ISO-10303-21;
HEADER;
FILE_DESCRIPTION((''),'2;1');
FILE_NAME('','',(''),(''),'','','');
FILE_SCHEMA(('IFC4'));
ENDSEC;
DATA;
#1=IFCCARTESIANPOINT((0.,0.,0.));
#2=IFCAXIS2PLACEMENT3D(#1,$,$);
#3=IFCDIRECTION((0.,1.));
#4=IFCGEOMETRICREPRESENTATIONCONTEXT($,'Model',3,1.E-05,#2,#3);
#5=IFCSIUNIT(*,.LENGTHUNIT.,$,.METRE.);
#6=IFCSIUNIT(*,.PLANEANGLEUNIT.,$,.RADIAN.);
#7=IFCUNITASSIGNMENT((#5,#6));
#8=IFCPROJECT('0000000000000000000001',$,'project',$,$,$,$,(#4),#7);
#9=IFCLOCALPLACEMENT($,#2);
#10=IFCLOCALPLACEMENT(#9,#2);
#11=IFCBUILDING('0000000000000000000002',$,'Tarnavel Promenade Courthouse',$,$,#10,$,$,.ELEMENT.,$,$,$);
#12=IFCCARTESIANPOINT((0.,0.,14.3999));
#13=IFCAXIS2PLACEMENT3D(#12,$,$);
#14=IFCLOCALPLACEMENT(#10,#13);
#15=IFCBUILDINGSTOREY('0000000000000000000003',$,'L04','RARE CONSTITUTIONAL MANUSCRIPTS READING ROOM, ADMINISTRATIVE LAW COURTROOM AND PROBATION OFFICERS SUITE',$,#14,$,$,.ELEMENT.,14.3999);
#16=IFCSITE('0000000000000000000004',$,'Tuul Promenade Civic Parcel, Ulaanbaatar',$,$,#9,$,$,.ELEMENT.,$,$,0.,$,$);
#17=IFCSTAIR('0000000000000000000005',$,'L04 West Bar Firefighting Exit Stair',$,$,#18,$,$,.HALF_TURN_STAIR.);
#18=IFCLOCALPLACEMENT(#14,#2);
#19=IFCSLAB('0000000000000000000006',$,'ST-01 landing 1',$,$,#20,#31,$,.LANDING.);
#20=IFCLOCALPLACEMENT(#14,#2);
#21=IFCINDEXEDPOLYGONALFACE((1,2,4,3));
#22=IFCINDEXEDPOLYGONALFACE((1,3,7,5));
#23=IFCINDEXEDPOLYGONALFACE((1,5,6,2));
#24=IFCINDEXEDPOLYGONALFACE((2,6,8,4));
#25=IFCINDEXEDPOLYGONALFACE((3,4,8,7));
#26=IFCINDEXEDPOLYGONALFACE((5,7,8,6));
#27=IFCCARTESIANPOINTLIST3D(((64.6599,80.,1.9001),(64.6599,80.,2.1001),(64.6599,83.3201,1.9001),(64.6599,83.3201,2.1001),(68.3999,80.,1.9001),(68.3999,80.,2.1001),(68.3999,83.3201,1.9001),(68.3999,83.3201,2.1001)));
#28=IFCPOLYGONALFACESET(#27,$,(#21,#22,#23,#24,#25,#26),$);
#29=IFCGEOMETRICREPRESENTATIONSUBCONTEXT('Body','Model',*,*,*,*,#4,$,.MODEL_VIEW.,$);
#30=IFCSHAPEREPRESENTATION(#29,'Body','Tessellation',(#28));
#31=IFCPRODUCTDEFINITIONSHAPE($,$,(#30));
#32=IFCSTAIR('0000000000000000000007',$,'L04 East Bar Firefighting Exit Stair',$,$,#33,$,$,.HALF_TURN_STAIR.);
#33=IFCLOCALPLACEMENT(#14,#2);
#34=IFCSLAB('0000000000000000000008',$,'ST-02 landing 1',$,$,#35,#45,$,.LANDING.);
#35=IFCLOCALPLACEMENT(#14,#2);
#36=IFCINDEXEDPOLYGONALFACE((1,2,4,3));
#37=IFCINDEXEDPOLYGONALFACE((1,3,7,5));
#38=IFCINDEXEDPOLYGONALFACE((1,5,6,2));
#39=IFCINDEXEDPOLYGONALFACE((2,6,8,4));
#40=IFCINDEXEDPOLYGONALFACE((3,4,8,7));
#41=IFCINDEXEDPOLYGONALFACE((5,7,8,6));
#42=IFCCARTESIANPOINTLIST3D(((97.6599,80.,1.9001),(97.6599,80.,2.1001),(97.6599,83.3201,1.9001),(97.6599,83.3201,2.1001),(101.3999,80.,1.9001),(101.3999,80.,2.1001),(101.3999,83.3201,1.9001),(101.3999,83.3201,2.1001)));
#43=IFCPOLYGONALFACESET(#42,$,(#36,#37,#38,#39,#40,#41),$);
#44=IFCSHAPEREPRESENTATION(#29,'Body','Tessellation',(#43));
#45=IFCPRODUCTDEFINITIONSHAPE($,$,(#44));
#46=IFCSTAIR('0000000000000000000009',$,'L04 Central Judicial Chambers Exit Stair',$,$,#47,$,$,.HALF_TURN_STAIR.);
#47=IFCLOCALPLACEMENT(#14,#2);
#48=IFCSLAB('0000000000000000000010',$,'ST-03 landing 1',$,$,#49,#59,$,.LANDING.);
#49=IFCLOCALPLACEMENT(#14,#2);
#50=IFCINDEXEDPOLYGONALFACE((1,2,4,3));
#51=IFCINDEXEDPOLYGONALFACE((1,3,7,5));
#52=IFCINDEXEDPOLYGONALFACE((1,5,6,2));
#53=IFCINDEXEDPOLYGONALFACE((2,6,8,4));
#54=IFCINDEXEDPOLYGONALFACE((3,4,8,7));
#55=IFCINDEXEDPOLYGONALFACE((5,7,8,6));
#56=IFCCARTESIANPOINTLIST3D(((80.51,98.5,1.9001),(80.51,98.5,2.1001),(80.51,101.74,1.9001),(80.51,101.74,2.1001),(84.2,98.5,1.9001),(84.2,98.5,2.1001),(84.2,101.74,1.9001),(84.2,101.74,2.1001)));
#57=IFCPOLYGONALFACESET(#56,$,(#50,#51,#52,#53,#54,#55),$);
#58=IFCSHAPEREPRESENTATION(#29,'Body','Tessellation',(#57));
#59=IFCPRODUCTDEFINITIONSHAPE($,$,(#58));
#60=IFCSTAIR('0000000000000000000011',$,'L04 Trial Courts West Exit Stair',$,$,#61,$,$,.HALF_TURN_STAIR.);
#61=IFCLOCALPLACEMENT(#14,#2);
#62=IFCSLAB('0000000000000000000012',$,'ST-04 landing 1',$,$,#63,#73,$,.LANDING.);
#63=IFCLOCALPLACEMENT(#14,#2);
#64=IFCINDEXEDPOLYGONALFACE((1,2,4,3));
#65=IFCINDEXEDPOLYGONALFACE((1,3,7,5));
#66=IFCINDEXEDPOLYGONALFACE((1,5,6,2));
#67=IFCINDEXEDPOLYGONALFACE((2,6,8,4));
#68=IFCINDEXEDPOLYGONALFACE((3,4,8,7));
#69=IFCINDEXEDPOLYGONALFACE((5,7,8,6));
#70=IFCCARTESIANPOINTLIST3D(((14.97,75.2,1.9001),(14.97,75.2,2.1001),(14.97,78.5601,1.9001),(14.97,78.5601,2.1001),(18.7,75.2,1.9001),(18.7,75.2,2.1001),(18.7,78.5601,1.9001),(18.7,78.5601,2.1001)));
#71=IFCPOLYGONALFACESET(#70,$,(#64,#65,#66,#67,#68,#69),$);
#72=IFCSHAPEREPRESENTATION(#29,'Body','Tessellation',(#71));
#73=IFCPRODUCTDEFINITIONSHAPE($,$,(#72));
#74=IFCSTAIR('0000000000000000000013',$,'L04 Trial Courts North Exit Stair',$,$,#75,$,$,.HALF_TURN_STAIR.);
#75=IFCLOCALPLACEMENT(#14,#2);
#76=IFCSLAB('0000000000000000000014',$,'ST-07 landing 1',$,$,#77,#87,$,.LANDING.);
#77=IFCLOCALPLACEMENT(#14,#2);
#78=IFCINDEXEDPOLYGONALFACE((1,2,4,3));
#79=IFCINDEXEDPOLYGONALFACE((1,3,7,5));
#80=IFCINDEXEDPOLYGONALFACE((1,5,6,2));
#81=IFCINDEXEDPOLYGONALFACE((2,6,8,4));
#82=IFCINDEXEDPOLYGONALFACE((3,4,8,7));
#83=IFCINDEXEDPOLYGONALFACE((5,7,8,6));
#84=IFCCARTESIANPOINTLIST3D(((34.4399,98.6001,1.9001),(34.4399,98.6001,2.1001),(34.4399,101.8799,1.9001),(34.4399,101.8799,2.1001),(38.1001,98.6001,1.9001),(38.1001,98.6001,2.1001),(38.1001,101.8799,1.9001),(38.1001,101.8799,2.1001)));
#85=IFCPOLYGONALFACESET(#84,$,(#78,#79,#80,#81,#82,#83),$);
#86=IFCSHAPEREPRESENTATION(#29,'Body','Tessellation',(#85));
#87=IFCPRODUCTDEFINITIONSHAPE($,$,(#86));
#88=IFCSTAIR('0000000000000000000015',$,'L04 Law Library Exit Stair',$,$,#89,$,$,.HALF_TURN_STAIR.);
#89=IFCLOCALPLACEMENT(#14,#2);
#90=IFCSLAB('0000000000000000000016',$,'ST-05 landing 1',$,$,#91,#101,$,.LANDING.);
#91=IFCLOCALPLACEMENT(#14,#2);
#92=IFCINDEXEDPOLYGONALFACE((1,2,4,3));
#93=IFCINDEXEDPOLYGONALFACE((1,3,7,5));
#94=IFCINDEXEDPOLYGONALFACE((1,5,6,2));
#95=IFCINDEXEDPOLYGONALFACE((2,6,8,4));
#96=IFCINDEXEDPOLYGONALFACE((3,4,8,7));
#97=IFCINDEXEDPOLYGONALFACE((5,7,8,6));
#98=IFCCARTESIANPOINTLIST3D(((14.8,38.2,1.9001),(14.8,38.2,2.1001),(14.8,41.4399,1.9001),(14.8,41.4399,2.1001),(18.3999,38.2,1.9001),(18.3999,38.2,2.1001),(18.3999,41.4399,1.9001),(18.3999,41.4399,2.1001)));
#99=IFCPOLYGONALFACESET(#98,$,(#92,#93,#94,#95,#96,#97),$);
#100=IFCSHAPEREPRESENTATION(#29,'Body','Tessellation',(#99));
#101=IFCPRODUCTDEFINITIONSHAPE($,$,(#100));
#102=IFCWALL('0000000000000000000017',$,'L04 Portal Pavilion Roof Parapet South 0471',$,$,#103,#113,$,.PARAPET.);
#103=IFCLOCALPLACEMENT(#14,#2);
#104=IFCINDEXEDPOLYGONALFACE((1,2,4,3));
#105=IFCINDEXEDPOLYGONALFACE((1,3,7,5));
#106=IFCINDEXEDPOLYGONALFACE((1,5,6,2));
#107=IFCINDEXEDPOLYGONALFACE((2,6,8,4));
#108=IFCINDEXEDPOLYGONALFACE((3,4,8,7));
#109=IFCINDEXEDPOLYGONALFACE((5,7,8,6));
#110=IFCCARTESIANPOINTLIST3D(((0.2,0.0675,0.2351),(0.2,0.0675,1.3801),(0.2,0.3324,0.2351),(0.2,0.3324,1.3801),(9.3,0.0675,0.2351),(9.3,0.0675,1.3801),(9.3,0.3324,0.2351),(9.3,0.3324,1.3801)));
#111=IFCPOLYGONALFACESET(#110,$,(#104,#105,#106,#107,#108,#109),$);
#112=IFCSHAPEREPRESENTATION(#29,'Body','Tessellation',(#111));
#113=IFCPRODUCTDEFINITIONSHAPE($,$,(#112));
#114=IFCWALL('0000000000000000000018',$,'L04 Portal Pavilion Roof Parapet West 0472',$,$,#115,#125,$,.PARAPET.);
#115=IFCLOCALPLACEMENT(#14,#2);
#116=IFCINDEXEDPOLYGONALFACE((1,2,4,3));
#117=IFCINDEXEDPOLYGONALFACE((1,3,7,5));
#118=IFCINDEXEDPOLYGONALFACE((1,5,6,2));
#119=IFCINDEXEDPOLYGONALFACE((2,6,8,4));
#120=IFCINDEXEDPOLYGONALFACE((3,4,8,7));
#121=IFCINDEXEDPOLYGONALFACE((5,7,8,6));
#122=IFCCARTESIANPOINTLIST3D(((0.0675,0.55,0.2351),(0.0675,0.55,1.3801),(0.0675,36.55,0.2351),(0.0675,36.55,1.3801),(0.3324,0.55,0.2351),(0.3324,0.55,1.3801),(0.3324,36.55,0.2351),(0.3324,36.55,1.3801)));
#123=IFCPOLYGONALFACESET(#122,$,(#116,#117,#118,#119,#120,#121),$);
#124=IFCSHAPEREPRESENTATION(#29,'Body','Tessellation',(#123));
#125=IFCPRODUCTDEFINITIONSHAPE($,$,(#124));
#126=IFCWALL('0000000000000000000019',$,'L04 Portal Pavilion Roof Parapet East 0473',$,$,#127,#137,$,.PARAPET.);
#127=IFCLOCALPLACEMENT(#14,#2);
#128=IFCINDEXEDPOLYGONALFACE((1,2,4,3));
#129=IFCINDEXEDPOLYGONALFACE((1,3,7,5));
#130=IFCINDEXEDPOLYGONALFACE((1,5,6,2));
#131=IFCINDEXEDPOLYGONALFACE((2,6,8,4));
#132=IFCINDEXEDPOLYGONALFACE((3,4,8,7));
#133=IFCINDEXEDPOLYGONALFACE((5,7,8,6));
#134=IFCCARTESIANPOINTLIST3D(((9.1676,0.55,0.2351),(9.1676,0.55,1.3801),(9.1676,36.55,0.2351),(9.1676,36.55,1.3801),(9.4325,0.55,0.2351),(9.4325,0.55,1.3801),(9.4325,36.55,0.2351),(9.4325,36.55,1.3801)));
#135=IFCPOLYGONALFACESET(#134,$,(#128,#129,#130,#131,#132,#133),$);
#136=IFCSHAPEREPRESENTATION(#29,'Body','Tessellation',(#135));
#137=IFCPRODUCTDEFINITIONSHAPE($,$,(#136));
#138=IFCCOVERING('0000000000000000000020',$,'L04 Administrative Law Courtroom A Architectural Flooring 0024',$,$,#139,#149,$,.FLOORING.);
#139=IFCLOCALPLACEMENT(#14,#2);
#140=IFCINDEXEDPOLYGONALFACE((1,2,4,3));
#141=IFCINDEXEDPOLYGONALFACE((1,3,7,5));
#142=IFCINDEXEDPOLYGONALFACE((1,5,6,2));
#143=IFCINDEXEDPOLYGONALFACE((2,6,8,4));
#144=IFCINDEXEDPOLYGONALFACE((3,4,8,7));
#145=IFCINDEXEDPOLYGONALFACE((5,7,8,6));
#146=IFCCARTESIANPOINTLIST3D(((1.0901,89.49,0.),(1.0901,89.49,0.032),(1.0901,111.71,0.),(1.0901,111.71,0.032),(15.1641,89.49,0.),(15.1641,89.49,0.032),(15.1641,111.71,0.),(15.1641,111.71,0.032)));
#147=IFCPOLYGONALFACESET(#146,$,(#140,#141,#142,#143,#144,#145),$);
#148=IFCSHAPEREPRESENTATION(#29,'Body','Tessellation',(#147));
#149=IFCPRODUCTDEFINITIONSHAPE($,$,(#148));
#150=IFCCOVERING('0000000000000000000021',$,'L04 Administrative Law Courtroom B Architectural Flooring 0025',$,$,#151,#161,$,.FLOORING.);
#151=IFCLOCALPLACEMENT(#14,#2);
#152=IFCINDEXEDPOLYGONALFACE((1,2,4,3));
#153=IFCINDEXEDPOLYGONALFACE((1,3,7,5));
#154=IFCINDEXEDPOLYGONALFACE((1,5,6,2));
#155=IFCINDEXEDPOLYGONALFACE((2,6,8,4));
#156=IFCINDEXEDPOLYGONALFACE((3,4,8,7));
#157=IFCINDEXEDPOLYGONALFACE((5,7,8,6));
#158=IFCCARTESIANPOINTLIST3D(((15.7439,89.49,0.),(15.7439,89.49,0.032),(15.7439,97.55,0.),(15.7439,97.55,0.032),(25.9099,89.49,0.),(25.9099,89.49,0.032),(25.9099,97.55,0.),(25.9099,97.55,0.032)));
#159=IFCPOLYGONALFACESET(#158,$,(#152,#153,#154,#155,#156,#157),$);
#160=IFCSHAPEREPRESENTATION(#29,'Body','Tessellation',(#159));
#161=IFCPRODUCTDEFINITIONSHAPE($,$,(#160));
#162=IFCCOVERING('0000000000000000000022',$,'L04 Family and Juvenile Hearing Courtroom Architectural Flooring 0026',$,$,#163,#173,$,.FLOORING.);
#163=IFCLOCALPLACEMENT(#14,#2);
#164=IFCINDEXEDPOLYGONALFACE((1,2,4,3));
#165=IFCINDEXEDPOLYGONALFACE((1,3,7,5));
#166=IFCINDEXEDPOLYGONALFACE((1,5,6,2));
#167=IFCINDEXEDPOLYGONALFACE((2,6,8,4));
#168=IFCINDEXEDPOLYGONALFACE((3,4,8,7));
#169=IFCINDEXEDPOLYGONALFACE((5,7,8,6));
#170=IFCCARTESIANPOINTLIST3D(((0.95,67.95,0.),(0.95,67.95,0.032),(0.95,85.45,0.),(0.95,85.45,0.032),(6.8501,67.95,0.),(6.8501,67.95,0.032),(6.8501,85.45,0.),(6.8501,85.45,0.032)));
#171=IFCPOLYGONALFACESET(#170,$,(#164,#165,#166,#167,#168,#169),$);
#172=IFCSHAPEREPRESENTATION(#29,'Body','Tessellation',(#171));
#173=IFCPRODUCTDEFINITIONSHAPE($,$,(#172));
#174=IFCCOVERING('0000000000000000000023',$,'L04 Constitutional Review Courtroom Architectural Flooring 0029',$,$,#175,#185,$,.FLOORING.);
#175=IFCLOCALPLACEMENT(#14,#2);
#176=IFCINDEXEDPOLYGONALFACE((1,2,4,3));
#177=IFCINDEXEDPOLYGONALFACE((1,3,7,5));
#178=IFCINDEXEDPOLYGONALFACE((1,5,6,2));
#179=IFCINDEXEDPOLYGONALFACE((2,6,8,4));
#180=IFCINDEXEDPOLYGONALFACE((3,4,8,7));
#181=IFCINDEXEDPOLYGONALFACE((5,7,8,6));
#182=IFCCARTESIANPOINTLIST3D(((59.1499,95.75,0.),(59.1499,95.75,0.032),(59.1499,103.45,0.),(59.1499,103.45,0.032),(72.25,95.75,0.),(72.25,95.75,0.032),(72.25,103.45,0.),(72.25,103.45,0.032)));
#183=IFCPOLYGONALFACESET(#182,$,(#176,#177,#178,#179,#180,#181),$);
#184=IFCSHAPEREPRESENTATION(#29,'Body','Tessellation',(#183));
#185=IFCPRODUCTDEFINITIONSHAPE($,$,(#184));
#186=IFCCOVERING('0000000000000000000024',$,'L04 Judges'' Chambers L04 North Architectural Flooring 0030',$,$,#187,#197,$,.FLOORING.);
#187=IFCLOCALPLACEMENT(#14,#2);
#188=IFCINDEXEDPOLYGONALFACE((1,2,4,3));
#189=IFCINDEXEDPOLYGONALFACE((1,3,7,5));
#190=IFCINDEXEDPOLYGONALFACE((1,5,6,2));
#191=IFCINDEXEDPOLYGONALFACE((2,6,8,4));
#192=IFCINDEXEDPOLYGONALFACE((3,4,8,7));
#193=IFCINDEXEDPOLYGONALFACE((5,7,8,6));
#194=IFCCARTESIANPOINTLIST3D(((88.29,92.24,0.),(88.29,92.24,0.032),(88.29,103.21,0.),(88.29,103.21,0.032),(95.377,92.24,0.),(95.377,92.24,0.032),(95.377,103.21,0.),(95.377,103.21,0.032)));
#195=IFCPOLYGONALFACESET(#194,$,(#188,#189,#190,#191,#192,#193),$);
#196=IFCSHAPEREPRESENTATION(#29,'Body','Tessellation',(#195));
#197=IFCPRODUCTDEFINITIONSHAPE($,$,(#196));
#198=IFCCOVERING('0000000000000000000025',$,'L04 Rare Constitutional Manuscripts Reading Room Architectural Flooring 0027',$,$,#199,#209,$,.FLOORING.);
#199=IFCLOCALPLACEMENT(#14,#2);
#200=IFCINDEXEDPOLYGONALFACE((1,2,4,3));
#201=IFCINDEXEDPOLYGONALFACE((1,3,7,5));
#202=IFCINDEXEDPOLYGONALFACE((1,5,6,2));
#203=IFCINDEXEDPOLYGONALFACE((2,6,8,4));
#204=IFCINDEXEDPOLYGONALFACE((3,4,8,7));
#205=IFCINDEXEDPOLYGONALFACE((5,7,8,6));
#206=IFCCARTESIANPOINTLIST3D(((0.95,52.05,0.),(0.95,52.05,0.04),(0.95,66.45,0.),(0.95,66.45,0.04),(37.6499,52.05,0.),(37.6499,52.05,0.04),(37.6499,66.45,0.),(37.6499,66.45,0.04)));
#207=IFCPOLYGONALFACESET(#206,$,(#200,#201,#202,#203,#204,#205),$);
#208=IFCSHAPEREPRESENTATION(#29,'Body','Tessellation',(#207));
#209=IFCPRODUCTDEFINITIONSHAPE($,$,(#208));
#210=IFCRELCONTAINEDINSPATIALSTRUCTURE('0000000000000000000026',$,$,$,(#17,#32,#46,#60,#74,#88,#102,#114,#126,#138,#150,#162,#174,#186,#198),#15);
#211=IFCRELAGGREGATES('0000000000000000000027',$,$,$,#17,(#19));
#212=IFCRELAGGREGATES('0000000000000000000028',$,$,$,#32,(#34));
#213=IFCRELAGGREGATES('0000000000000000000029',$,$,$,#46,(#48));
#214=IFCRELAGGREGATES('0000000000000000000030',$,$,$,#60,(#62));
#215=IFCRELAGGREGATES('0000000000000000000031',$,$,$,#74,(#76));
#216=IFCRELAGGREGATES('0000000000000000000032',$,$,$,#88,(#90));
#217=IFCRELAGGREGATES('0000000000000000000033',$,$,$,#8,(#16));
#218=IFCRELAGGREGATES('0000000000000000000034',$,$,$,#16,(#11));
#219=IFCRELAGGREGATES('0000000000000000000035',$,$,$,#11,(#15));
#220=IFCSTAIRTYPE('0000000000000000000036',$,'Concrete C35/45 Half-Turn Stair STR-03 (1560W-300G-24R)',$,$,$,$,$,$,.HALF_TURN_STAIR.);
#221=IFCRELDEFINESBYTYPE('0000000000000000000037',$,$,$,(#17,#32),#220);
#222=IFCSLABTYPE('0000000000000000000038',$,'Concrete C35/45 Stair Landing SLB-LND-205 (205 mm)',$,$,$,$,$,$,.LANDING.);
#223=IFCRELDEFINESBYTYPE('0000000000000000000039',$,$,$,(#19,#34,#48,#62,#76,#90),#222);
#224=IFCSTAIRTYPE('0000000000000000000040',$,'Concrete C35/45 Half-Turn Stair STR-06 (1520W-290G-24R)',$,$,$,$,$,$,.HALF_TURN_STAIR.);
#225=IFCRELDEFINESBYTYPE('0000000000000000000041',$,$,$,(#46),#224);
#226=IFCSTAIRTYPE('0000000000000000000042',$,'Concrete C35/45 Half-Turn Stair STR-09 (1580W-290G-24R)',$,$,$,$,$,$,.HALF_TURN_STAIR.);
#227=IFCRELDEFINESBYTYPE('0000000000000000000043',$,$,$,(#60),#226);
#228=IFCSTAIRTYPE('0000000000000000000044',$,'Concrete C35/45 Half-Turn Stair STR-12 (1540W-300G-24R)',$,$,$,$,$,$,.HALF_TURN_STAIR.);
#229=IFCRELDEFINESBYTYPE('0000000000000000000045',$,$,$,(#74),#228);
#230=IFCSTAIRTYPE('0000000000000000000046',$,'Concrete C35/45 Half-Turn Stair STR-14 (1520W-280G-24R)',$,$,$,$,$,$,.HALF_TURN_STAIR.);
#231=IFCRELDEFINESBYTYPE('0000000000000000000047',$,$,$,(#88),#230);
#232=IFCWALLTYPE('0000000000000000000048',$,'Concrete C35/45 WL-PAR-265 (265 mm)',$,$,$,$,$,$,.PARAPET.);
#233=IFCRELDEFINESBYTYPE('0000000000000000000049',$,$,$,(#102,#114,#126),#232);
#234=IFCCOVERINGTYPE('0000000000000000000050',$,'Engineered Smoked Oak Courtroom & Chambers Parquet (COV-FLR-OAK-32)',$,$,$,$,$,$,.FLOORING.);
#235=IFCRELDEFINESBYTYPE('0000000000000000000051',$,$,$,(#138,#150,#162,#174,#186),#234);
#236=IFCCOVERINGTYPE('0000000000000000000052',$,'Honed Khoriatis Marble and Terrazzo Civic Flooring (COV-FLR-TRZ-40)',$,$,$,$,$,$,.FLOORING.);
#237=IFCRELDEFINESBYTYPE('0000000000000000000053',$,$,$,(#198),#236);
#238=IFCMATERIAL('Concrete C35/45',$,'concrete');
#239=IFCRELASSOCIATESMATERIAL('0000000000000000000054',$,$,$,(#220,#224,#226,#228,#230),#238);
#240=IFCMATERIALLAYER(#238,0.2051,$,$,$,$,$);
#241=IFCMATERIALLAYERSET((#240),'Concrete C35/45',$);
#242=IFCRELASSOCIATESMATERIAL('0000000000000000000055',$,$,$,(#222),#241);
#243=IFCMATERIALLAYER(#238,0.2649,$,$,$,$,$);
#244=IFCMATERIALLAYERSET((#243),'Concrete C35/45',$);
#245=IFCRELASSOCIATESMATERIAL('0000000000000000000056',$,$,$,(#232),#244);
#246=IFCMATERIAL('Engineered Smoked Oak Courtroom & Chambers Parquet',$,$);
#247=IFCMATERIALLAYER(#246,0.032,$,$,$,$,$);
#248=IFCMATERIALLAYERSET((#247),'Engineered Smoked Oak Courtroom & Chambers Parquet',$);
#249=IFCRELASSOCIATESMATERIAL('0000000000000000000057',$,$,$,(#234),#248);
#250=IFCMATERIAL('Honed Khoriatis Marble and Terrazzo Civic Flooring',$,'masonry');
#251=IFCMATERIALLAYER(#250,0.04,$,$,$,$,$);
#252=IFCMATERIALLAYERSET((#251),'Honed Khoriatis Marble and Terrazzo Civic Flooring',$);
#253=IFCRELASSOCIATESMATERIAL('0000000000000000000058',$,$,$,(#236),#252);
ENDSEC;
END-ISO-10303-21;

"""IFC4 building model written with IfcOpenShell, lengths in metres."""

from ifc_helpers import new_model, si_unit, direction, frame, frame_2d, origin, place, context, subcontext, project, spatial, polyline, rectangle, outline, extrude, material, layer, layer_set, type_object, element, aggregate, save


model = new_model("IFC4")

# Units and contexts
model_context = context("Model", 3, precision=1e-05, world=origin(), true_north=direction((0.0, 1.0)))
body_context = subcontext(model_context, "Body", "Model", "MODEL_VIEW")
ifc_project = project(units=[si_unit("LENGTHUNIT", "METRE"), si_unit("PLANEANGLEUNIT", "RADIAN")], contexts=[model_context])

# Site, building, storey
site_placement = place(None, origin())
site = spatial("IfcSite", under=ifc_project, at=site_placement, Name="Tuul Promenade Civic Parcel, Ulaanbaatar", CompositionType="ELEMENT", RefElevation=0.0)
building_placement = place(site_placement, origin())
building = spatial("IfcBuilding", under=site, at=building_placement, Name="Tarnavel Promenade Courthouse", CompositionType="ELEMENT")
storey_placement = place(building_placement, frame((0.0, 0.0, 14.3999)))
storey = spatial("IfcBuildingStorey", under=building, at=storey_placement, Name="L04", Description="RARE CONSTITUTIONAL MANUSCRIPTS READING ROOM, ADMINISTRATIVE LAW COURTROOM AND PROBATION OFFICERS SUITE", CompositionType="ELEMENT", Elevation=14.3999)

# Stairs, slabs
ifc_material_1 = material(Name="Concrete C35/45", Category="concrete")
stair_type_1 = type_object("IfcStairType", Name="Concrete C35/45 Half-Turn Stair STR-03 (1560W-300G-24R)", PredefinedType="HALF_TURN_STAIR", material=ifc_material_1)
stair_1_placement = place(storey_placement, origin())
stair_1 = element("IfcStair", 1, at=stair_1_placement, inside=storey, type_object=stair_type_1, Name="L04 West Bar Firefighting Exit Stair", PredefinedType="HALF_TURN_STAIR")
ifc_layer_1 = layer(ifc_material_1, 0.2051)
ifc_layer_set_1 = layer_set([ifc_layer_1], Name="Concrete C35/45")
slab_type = type_object("IfcSlabType", Name="Concrete C35/45 Stair Landing SLB-LND-205 (205 mm)", PredefinedType="LANDING", material=ifc_layer_set_1)
slab_1_placement = place(storey_placement, frame((0.0, 0.0, 1.9001)))
slab_1 = element("IfcSlab", 2, at=slab_1_placement, type_object=slab_type, Name="ST-01 landing 1", PredefinedType="LANDING", context=body_context, shape_type="SweptSolid", body=[
    extrude(outline(polyline([(64.6599, 80.0), (68.3999, 80.0), (68.3999, 83.3201), (64.6599, 83.3201), (64.6599, 80.0)])), origin(), (0.0, 0.0, 1.0), 0.2),
])
aggregate(stair_1, [slab_1])
stair_2_placement = place(storey_placement, origin())
stair_2 = element("IfcStair", 3, at=stair_2_placement, inside=storey, type_object=stair_type_1, Name="L04 East Bar Firefighting Exit Stair", PredefinedType="HALF_TURN_STAIR")
slab_2_placement = place(storey_placement, frame((0.0, 0.0, 1.9001)))
slab_2 = element("IfcSlab", 4, at=slab_2_placement, type_object=slab_type, Name="ST-02 landing 1", PredefinedType="LANDING", context=body_context, shape_type="SweptSolid", body=[
    extrude(outline(polyline([(97.6599, 80.0), (101.3999, 80.0), (101.3999, 83.3201), (97.6599, 83.3201), (97.6599, 80.0)])), origin(), (0.0, 0.0, 1.0), 0.2),
])
aggregate(stair_2, [slab_2])
stair_type_2 = type_object("IfcStairType", Name="Concrete C35/45 Half-Turn Stair STR-06 (1520W-290G-24R)", PredefinedType="HALF_TURN_STAIR", material=ifc_material_1)
stair_3_placement = place(storey_placement, origin())
stair_3 = element("IfcStair", 5, at=stair_3_placement, inside=storey, type_object=stair_type_2, Name="L04 Central Judicial Chambers Exit Stair", PredefinedType="HALF_TURN_STAIR")
slab_3_placement = place(storey_placement, frame((0.0, 0.0, 1.9001)))
slab_3 = element("IfcSlab", 6, at=slab_3_placement, type_object=slab_type, Name="ST-03 landing 1", PredefinedType="LANDING", context=body_context, shape_type="SweptSolid", body=[
    extrude(outline(polyline([(80.51, 98.5), (84.2, 98.5), (84.2, 101.74), (80.51, 101.74), (80.51, 98.5)])), origin(), (0.0, 0.0, 1.0), 0.2),
])
aggregate(stair_3, [slab_3])
stair_type_3 = type_object("IfcStairType", Name="Concrete C35/45 Half-Turn Stair STR-09 (1580W-290G-24R)", PredefinedType="HALF_TURN_STAIR", material=ifc_material_1)
stair_4_placement = place(storey_placement, origin())
stair_4 = element("IfcStair", 7, at=stair_4_placement, inside=storey, type_object=stair_type_3, Name="L04 Trial Courts West Exit Stair", PredefinedType="HALF_TURN_STAIR")
slab_4_placement = place(storey_placement, frame((0.0, 0.0, 1.9001)))
slab_4 = element("IfcSlab", 8, at=slab_4_placement, type_object=slab_type, Name="ST-04 landing 1", PredefinedType="LANDING", context=body_context, shape_type="SweptSolid", body=[
    extrude(outline(polyline([(14.97, 75.2), (18.7, 75.2), (18.7, 78.5601), (14.97, 78.5601), (14.97, 75.2)])), origin(), (0.0, 0.0, 1.0), 0.2),
])
aggregate(stair_4, [slab_4])
stair_type_4 = type_object("IfcStairType", Name="Concrete C35/45 Half-Turn Stair STR-12 (1540W-300G-24R)", PredefinedType="HALF_TURN_STAIR", material=ifc_material_1)
stair_5_placement = place(storey_placement, origin())
stair_5 = element("IfcStair", 9, at=stair_5_placement, inside=storey, type_object=stair_type_4, Name="L04 Trial Courts North Exit Stair", PredefinedType="HALF_TURN_STAIR")
slab_5_placement = place(storey_placement, frame((0.0, 0.0, 1.9001)))
slab_5 = element("IfcSlab", 10, at=slab_5_placement, type_object=slab_type, Name="ST-07 landing 1", PredefinedType="LANDING", context=body_context, shape_type="SweptSolid", body=[
    extrude(outline(polyline([(34.4399, 98.6001), (38.1001, 98.6001), (38.1001, 101.8799), (34.4399, 101.8799), (34.4399, 98.6001)])), origin(), (0.0, 0.0, 1.0), 0.2),
])
aggregate(stair_5, [slab_5])
stair_type_5 = type_object("IfcStairType", Name="Concrete C35/45 Half-Turn Stair STR-14 (1520W-280G-24R)", PredefinedType="HALF_TURN_STAIR", material=ifc_material_1)
stair_6_placement = place(storey_placement, origin())
stair_6 = element("IfcStair", 11, at=stair_6_placement, inside=storey, type_object=stair_type_5, Name="L04 Law Library Exit Stair", PredefinedType="HALF_TURN_STAIR")
slab_6_placement = place(storey_placement, frame((0.0, 0.0, 1.9001)))
slab_6 = element("IfcSlab", 12, at=slab_6_placement, type_object=slab_type, Name="ST-05 landing 1", PredefinedType="LANDING", context=body_context, shape_type="SweptSolid", body=[
    extrude(outline(polyline([(14.8, 38.2), (18.3999, 38.2), (18.3999, 41.4399), (14.8, 41.4399), (14.8, 38.2)])), origin(), (0.0, 0.0, 1.0), 0.2),
])
aggregate(stair_6, [slab_6])

# Walls
ifc_layer_2 = layer(ifc_material_1, 0.2649)
ifc_layer_set_2 = layer_set([ifc_layer_2], Name="Concrete C35/45")
wall_type = type_object("IfcWallType", Name="Concrete C35/45 WL-PAR-265 (265 mm)", PredefinedType="PARAPET", material=ifc_layer_set_2)
wall_placement = place(storey_placement, frame((9.3, 0.2, 0.2351), z_axis=(0.0, 0.0, 1.0), x_axis=(-1.0, 0.0, 0.0)))
element("IfcWall", 13, at=wall_placement, inside=storey, type_object=wall_type, Name="L04 Portal Pavilion Roof Parapet South 0471", PredefinedType="PARAPET", context=body_context, shape_type="SweptSolid", body=[
    extrude(rectangle(XDim=9.1001, YDim=0.2649, at=frame_2d((4.55, 0.0))), origin(), (0.0, 0.0, 1.0), 1.145),
])
for number, where, z_axis, x_axis, name in (
    (14, (0.2, 0.55, 0.2351), (0.0, 0.0, 1.0), (0.0, 1.0, 0.0), "L04 Portal Pavilion Roof Parapet West 0472"),
    (15, (9.3, 36.55, 0.2351), (0.0, 0.0, 1.0), (0.0, -1.0, 0.0), "L04 Portal Pavilion Roof Parapet East 0473"),
):
    element("IfcWall", number, at=place(storey_placement, frame(where, z_axis=z_axis, x_axis=x_axis)), inside=storey, type_object=wall_type, Name=name, PredefinedType="PARAPET", context=body_context, shape_type="SweptSolid", body=[
        extrude(rectangle(XDim=36.0, YDim=0.2649, at=frame_2d((18.0, 0.0))), origin(), (0.0, 0.0, 1.0), 1.145),
    ])

# Coverings
ifc_material_2 = material(Name="Engineered Smoked Oak Courtroom & Chambers Parquet")
ifc_layer_3 = layer(ifc_material_2, 0.032)
ifc_layer_set_3 = layer_set([ifc_layer_3], Name="Engineered Smoked Oak Courtroom & Chambers Parquet")
covering_type_1 = type_object("IfcCoveringType", Name="Engineered Smoked Oak Courtroom & Chambers Parquet (COV-FLR-OAK-32)", PredefinedType="FLOORING", material=ifc_layer_set_3)
covering_1_placement = place(storey_placement, origin())
element("IfcCovering", 16, at=covering_1_placement, inside=storey, type_object=covering_type_1, Name="L04 Administrative Law Courtroom A Architectural Flooring 0024", PredefinedType="FLOORING", context=body_context, shape_type="SweptSolid", body=[
    extrude(outline(polyline([(1.0901, 89.49), (15.1641, 89.49), (15.1641, 111.71), (1.0901, 111.71), (1.0901, 89.49)])), origin(), (0.0, 0.0, 1.0), 0.032),
])
covering_2_placement = place(storey_placement, origin())
element("IfcCovering", 17, at=covering_2_placement, inside=storey, type_object=covering_type_1, Name="L04 Administrative Law Courtroom B Architectural Flooring 0025", PredefinedType="FLOORING", context=body_context, shape_type="SweptSolid", body=[
    extrude(outline(polyline([(15.7439, 89.49), (25.9099, 89.49), (25.9099, 97.55), (15.7439, 97.55), (15.7439, 89.49)])), origin(), (0.0, 0.0, 1.0), 0.032),
])
covering_3_placement = place(storey_placement, origin())
element("IfcCovering", 18, at=covering_3_placement, inside=storey, type_object=covering_type_1, Name="L04 Family and Juvenile Hearing Courtroom Architectural Flooring 0026", PredefinedType="FLOORING", context=body_context, shape_type="SweptSolid", body=[
    extrude(outline(polyline([(0.95, 67.95), (6.8501, 67.95), (6.8501, 85.45), (0.95, 85.45), (0.95, 67.95)])), origin(), (0.0, 0.0, 1.0), 0.032),
])
covering_4_placement = place(storey_placement, origin())
element("IfcCovering", 19, at=covering_4_placement, inside=storey, type_object=covering_type_1, Name="L04 Constitutional Review Courtroom Architectural Flooring 0029", PredefinedType="FLOORING", context=body_context, shape_type="SweptSolid", body=[
    extrude(outline(polyline([(59.1499, 95.75), (72.25, 95.75), (72.25, 103.45), (59.1499, 103.45), (59.1499, 95.75)])), origin(), (0.0, 0.0, 1.0), 0.032),
])
covering_5_placement = place(storey_placement, origin())
element("IfcCovering", 20, at=covering_5_placement, inside=storey, type_object=covering_type_1, Name="L04 Judges' Chambers L04 North Architectural Flooring 0030", PredefinedType="FLOORING", context=body_context, shape_type="SweptSolid", body=[
    extrude(outline(polyline([(88.29, 92.24), (95.377, 92.24), (95.377, 103.21), (88.29, 103.21), (88.29, 92.24)])), origin(), (0.0, 0.0, 1.0), 0.032),
])
ifc_material_3 = material(Name="Honed Khoriatis Marble and Terrazzo Civic Flooring", Category="masonry")
ifc_layer_4 = layer(ifc_material_3, 0.04)
ifc_layer_set_4 = layer_set([ifc_layer_4], Name="Honed Khoriatis Marble and Terrazzo Civic Flooring")
covering_type_2 = type_object("IfcCoveringType", Name="Honed Khoriatis Marble and Terrazzo Civic Flooring (COV-FLR-TRZ-40)", PredefinedType="FLOORING", material=ifc_layer_set_4)
covering_6_placement = place(storey_placement, origin())
element("IfcCovering", 21, at=covering_6_placement, inside=storey, type_object=covering_type_2, Name="L04 Rare Constitutional Manuscripts Reading Room Architectural Flooring 0027", PredefinedType="FLOORING", context=body_context, shape_type="SweptSolid", body=[
    extrude(outline(polyline([(0.95, 52.05), (37.6499, 52.05), (37.6499, 66.45), (0.95, 66.45), (0.95, 52.05)])), origin(), (0.0, 0.0, 1.0), 0.04),
])

save(model, "model.ifc")
